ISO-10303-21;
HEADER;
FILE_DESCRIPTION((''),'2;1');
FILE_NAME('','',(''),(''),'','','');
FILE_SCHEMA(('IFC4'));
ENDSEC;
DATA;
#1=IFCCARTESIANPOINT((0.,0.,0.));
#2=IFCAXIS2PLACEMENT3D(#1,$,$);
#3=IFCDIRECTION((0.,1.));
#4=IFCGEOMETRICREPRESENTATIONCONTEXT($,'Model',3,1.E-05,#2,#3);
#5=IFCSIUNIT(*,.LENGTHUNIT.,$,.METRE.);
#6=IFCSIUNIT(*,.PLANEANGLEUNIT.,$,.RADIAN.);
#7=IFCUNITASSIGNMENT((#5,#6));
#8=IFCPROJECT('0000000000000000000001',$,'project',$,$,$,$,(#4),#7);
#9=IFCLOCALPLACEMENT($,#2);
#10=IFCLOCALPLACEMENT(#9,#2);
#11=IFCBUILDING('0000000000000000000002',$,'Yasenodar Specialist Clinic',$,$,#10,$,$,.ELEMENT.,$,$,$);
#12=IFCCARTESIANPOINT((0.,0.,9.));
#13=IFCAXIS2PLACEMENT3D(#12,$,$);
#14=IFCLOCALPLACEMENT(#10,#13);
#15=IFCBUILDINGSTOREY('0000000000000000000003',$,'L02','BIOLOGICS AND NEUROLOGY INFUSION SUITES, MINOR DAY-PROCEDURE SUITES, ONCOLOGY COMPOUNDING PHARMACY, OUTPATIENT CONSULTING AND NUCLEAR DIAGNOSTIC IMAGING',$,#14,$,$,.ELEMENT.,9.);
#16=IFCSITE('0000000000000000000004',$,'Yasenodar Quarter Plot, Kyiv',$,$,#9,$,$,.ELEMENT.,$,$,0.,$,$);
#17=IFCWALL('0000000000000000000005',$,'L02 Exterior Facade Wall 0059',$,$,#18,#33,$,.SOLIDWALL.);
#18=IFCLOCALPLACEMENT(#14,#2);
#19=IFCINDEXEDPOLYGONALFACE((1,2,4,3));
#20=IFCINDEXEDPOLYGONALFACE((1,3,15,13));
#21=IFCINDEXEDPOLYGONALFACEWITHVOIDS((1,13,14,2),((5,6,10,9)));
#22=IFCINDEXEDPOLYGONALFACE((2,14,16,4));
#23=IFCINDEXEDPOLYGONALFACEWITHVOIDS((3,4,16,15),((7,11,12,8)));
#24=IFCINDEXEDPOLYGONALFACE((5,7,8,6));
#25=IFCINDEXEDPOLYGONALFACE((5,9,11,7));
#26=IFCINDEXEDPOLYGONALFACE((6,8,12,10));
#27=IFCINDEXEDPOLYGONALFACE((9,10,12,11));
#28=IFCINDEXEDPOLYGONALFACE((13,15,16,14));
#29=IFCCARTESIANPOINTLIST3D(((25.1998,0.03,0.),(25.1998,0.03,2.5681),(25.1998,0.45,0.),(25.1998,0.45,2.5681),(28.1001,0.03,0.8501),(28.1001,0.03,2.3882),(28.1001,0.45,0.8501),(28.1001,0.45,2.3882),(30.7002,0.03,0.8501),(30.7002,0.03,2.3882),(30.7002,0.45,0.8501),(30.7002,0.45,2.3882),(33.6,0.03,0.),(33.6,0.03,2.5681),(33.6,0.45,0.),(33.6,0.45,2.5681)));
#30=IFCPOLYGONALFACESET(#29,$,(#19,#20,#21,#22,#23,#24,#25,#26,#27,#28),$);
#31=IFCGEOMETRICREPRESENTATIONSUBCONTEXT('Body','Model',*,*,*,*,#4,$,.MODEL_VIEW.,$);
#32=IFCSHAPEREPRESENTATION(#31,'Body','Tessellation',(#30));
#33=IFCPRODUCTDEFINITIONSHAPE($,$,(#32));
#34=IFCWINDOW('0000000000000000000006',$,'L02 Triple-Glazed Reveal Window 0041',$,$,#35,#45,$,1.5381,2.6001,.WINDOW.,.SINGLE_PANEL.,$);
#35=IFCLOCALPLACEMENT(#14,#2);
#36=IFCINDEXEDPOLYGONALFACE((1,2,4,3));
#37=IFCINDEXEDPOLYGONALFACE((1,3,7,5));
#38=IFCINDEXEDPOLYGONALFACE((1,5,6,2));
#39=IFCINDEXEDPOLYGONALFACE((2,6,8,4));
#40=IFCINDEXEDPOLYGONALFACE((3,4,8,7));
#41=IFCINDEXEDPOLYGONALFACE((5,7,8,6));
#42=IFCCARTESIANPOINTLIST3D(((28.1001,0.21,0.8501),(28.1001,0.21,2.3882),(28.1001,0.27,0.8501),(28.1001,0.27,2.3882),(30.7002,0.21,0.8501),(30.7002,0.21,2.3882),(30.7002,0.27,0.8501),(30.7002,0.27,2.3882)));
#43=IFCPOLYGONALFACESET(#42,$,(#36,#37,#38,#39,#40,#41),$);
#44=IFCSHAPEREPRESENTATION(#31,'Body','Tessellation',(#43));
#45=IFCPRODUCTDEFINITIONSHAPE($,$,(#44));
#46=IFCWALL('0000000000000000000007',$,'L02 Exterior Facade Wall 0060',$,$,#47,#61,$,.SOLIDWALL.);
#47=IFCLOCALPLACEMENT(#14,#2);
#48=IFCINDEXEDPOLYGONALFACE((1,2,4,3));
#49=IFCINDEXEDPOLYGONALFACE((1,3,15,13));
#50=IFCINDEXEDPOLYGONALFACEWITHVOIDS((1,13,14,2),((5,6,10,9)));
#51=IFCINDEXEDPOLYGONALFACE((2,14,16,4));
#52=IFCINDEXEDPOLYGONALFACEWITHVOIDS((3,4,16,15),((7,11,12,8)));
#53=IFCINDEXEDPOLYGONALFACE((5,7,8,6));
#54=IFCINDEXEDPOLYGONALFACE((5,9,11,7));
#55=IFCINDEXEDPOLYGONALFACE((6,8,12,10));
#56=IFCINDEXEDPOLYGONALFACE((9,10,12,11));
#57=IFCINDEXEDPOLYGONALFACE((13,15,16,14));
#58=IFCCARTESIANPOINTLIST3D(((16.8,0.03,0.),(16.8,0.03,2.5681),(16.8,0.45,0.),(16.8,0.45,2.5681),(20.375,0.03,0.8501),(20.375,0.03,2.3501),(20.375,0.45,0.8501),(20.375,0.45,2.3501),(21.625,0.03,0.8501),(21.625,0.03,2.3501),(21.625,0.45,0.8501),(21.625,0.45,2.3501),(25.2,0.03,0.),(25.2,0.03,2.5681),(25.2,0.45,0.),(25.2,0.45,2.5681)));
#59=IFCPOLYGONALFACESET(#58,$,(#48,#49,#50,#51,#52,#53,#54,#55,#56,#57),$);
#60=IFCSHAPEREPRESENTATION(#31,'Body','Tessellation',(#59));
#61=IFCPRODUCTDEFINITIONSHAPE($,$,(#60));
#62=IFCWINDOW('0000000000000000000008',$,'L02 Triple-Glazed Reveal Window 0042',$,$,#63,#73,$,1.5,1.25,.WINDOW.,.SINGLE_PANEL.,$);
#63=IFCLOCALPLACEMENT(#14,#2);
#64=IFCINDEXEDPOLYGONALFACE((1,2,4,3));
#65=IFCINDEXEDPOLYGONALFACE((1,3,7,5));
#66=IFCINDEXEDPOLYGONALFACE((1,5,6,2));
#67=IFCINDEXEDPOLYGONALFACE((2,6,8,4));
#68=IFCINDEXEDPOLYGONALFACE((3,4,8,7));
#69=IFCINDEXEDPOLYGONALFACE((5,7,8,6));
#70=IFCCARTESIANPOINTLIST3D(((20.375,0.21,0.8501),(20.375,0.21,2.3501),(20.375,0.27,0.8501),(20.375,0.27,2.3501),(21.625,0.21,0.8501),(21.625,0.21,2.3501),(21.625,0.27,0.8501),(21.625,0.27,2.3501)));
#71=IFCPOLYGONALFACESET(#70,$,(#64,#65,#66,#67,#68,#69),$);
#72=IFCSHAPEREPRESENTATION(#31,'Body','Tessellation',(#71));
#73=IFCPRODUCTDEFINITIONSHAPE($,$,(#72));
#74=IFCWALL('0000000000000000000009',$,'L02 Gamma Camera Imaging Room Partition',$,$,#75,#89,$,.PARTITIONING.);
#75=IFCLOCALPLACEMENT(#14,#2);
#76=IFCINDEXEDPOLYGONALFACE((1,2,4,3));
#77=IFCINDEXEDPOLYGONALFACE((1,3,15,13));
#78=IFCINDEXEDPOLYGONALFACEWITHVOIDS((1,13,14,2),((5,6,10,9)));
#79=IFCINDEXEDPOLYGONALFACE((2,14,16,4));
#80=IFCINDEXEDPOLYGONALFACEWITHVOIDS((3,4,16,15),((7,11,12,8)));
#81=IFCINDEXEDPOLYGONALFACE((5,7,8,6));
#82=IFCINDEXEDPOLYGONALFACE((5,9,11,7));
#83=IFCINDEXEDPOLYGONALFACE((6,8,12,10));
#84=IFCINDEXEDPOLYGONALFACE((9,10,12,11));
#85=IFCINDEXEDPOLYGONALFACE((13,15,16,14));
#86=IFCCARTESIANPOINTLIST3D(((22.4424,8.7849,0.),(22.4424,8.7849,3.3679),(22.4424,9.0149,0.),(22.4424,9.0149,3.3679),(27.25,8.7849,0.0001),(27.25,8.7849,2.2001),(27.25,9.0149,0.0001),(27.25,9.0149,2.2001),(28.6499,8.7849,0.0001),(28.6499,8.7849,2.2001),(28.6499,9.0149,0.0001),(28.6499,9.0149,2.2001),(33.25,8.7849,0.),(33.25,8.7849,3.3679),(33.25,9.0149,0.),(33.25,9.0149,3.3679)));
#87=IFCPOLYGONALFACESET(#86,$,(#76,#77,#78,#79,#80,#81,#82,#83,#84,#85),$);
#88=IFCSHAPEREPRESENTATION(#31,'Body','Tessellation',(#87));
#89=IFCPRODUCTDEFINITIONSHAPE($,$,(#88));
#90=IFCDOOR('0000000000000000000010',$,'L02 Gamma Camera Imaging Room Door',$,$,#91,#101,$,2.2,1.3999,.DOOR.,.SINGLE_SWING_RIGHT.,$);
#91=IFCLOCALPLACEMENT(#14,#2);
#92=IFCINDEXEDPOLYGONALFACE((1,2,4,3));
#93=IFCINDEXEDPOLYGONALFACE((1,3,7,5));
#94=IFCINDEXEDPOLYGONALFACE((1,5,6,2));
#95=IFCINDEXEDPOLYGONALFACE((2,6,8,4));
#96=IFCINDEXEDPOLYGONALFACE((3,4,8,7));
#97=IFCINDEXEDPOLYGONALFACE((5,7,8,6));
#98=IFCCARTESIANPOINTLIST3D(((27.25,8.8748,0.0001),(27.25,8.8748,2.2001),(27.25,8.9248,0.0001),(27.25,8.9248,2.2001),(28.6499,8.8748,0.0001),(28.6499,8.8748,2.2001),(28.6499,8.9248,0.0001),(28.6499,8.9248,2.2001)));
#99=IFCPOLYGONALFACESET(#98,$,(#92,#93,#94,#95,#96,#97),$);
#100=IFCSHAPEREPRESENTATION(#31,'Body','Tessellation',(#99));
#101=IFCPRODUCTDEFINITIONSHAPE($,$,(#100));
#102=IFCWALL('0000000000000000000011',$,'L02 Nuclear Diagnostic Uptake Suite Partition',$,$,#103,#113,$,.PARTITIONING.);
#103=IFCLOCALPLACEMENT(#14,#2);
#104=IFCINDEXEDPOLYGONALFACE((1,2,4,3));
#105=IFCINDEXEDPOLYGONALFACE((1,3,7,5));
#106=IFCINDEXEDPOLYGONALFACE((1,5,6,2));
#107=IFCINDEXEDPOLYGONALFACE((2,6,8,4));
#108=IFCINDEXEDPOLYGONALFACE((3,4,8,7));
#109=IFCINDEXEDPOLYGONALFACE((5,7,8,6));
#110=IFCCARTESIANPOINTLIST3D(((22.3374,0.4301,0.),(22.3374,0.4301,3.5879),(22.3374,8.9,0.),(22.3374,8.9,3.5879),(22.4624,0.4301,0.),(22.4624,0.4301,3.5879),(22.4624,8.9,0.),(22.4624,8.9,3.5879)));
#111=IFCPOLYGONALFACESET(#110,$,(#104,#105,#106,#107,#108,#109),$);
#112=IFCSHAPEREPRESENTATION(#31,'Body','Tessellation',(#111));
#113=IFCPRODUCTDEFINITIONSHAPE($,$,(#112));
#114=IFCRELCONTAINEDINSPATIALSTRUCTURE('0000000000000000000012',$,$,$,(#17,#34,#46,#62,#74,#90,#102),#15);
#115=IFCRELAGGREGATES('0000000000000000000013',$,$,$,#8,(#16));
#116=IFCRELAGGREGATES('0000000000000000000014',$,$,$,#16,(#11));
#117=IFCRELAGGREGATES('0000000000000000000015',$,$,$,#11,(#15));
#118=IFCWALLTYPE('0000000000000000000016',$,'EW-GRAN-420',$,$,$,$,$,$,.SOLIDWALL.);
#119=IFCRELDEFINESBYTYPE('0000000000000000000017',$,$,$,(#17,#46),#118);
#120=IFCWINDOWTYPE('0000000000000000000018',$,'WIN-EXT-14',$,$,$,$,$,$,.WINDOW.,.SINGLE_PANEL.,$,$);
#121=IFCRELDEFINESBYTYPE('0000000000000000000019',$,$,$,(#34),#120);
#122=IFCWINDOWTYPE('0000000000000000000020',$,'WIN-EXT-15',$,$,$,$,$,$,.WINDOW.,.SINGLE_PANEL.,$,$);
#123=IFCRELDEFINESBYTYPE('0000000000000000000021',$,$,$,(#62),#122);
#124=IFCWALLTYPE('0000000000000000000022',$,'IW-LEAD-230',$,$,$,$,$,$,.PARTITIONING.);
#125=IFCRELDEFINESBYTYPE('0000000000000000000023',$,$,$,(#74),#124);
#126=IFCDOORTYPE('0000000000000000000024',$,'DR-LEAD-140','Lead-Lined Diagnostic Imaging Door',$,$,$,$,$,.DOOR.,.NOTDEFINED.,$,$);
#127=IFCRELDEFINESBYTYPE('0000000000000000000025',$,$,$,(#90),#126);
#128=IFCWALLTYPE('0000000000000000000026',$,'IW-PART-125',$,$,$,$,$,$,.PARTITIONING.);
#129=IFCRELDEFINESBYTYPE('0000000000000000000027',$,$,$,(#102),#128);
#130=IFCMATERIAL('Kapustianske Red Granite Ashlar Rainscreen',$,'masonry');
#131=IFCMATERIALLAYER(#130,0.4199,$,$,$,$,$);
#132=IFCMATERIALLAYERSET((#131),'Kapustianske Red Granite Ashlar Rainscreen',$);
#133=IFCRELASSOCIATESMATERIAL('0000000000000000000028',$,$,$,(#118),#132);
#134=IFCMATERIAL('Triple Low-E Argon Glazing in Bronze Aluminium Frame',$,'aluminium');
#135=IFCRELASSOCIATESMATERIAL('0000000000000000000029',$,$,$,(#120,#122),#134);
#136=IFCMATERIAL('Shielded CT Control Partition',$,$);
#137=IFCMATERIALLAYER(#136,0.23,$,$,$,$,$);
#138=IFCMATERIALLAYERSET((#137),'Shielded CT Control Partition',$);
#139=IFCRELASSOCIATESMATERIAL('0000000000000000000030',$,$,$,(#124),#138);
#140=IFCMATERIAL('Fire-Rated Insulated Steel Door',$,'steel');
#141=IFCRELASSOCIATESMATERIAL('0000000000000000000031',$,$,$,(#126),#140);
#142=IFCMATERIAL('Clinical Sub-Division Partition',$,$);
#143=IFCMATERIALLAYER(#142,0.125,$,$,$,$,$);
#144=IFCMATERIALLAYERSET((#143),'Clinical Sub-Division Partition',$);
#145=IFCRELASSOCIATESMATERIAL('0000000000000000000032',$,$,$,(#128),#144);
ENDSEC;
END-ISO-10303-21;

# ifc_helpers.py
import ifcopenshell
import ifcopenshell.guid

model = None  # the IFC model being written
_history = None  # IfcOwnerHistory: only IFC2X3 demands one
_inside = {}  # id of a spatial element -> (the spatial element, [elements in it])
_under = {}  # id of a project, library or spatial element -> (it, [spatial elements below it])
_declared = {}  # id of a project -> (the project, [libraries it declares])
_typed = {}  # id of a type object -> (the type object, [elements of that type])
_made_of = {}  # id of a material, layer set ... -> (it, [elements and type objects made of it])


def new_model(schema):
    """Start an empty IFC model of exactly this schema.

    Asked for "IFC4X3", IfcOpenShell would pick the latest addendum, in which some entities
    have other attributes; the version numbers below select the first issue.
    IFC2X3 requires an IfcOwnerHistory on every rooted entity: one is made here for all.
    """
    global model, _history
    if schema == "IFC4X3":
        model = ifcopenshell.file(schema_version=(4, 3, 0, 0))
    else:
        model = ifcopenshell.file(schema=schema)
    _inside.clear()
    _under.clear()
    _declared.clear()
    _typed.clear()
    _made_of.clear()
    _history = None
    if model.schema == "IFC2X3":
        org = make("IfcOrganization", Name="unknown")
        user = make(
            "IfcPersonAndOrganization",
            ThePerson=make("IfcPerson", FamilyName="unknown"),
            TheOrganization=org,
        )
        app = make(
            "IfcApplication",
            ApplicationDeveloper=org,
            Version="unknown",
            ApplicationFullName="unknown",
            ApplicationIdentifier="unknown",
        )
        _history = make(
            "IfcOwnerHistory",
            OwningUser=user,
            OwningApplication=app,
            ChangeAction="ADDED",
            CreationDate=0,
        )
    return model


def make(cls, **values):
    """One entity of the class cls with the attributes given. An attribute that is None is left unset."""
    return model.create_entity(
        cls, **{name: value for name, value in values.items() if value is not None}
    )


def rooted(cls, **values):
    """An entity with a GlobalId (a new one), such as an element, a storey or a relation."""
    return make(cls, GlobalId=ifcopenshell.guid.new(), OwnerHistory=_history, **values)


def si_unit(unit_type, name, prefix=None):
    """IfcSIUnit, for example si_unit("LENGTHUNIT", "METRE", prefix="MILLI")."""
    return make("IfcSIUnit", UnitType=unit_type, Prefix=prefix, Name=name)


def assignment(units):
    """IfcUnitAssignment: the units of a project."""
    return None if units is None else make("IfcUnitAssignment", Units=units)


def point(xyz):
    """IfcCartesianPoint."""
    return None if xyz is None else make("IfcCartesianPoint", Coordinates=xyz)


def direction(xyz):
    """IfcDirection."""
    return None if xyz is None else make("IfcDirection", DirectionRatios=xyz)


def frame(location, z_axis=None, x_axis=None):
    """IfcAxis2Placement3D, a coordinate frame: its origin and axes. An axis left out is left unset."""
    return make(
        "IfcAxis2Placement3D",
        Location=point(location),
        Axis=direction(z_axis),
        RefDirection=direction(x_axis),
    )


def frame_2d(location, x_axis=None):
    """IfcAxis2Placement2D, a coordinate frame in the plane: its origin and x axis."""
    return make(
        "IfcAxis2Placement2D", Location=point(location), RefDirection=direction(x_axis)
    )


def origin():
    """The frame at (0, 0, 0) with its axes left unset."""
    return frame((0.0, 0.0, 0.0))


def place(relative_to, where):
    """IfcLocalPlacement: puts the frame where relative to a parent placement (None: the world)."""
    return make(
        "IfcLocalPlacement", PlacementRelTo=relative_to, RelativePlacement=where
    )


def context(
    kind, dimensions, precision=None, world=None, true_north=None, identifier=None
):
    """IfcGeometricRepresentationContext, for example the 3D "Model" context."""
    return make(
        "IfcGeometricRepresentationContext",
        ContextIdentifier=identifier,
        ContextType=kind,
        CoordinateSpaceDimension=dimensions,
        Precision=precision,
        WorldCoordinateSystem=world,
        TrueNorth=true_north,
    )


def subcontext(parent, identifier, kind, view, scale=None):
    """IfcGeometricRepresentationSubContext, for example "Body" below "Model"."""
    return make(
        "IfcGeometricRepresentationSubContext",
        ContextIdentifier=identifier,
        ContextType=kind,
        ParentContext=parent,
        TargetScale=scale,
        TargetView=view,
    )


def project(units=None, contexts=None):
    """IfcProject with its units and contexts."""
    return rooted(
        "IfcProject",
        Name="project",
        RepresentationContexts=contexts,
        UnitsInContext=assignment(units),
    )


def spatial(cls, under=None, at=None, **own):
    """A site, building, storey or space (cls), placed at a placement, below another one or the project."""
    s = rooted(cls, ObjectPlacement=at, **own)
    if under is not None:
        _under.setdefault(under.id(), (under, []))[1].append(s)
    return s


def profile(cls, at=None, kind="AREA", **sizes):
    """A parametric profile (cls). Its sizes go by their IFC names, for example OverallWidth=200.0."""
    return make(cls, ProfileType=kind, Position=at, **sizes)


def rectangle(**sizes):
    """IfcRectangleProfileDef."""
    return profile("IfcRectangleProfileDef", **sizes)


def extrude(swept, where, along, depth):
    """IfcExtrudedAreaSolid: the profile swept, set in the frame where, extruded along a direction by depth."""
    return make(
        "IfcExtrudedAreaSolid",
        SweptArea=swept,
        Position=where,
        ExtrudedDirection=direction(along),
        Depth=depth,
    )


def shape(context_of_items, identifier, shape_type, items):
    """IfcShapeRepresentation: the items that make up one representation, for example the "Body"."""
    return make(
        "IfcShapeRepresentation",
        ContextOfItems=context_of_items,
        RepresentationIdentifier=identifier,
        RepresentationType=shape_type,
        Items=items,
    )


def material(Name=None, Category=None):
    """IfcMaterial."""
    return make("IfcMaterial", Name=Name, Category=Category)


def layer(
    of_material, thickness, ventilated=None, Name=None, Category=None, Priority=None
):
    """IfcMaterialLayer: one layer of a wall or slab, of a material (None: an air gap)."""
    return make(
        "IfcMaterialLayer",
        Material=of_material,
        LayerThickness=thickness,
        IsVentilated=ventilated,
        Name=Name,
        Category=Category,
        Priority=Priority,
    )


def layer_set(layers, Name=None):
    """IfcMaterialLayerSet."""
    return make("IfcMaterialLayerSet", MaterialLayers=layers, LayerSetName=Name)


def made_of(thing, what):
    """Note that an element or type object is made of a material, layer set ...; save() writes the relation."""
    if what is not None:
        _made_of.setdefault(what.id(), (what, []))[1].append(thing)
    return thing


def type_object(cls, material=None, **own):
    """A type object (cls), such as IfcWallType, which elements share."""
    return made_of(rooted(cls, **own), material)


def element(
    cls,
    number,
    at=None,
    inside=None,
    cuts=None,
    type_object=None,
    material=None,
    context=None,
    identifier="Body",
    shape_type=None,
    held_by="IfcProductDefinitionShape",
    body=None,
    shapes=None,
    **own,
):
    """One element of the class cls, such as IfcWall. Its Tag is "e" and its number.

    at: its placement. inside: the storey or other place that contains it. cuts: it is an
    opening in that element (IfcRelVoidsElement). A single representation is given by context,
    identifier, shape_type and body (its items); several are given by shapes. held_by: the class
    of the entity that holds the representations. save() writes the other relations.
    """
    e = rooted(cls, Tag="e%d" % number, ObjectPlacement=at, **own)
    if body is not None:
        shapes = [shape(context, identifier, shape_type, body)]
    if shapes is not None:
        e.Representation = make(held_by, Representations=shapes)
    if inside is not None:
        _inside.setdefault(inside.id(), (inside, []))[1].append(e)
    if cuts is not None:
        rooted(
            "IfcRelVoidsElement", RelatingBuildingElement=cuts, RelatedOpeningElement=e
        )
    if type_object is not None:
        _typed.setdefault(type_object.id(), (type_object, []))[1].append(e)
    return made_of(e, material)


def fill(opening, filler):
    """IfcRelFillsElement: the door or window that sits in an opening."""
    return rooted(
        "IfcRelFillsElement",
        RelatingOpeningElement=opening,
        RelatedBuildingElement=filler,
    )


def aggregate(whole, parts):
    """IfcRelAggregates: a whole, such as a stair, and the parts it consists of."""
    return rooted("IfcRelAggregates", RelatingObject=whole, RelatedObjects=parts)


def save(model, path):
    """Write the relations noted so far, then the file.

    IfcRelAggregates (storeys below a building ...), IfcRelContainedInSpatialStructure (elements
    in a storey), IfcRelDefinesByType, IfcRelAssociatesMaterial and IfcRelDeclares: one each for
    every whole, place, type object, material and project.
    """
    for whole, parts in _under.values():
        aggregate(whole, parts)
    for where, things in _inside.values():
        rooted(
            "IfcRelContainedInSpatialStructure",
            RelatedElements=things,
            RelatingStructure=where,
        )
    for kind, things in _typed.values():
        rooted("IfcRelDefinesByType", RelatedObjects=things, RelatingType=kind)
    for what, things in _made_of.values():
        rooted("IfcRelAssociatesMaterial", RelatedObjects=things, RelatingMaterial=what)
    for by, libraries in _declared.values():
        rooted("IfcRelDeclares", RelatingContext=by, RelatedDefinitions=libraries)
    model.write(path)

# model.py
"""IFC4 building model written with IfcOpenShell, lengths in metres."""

from ifc_helpers import new_model, si_unit, direction, frame, frame_2d, origin, place, context, subcontext, project, spatial, rectangle, extrude, material, layer, layer_set, type_object, element, fill, save


model = new_model("IFC4")

# Units and contexts
model_context = context("Model", 3, precision=1e-05, world=origin(), true_north=direction((0.0, 1.0)))
body_context = subcontext(model_context, "Body", "Model", "MODEL_VIEW")
ifc_project = project(units=[si_unit("LENGTHUNIT", "METRE"), si_unit("PLANEANGLEUNIT", "RADIAN")], contexts=[model_context])

# Site, building, storey
site_placement = place(None, origin())
site = spatial("IfcSite", under=ifc_project, at=site_placement, Name="Yasenodar Quarter Plot, Kyiv", CompositionType="ELEMENT", RefElevation=0.0)
building_placement = place(site_placement, origin())
building = spatial("IfcBuilding", under=site, at=building_placement, Name="Yasenodar Specialist Clinic", CompositionType="ELEMENT")
storey_placement = place(building_placement, frame((0.0, 0.0, 9.0)))
storey = spatial("IfcBuildingStorey", under=building, at=storey_placement, Name="L02", Description="BIOLOGICS AND NEUROLOGY INFUSION SUITES, MINOR DAY-PROCEDURE SUITES, ONCOLOGY COMPOUNDING PHARMACY, OUTPATIENT CONSULTING AND NUCLEAR DIAGNOSTIC IMAGING", CompositionType="ELEMENT", Elevation=9.0)

# Walls, openings, windows
ifc_material_1 = material(Name="Kapustianske Red Granite Ashlar Rainscreen", Category="masonry")
ifc_layer_1 = layer(ifc_material_1, 0.4199)
ifc_layer_set_1 = layer_set([ifc_layer_1], Name="Kapustianske Red Granite Ashlar Rainscreen")
wall_type_1 = type_object("IfcWallType", Name="EW-GRAN-420", PredefinedType="SOLIDWALL", material=ifc_layer_set_1)
wall_1_placement = place(storey_placement, frame((33.6001, 0.24, 0.0), z_axis=(0.0, 0.0, 1.0), x_axis=(-1.0, 0.0, 0.0)))
wall_1 = element("IfcWall", 1, at=wall_1_placement, inside=storey, type_object=wall_type_1, Name="L02 Exterior Facade Wall 0059", PredefinedType="SOLIDWALL", context=body_context, shape_type="SweptSolid", body=[
    extrude(rectangle(XDim=8.4001, YDim=0.4199, at=frame_2d((4.2002, 0.0))), origin(), (0.0, 0.0, 1.0), 2.5681),
])
opening_1_placement = place(wall_1_placement, frame((2.8999, 0.0, 0.8501)))
opening_1 = element("IfcOpeningElement", 2, at=opening_1_placement, cuts=wall_1, PredefinedType="OPENING", context=body_context, shape_type="SweptSolid", body=[
    extrude(rectangle(XDim=2.6001, YDim=1.5381, at=frame_2d((1.3, 0.769))), frame((0.0, 0.22, 0.0), z_axis=(0.0, -1.0, 0.0), x_axis=(1.0, 0.0, 0.0)), (0.0, 0.0, 1.0), 0.4399),
])
ifc_material_2 = material(Name="Triple Low-E Argon Glazing in Bronze Aluminium Frame", Category="aluminium")
window_type_1 = type_object("IfcWindowType", Name="WIN-EXT-14", PartitioningType="SINGLE_PANEL", PredefinedType="WINDOW", material=ifc_material_2)
window_1_placement = place(opening_1_placement, origin())
window_1 = element("IfcWindow", 3, at=window_1_placement, inside=storey, type_object=window_type_1, Name="L02 Triple-Glazed Reveal Window 0041", OverallHeight=1.5381, OverallWidth=2.6001, PartitioningType="SINGLE_PANEL", PredefinedType="WINDOW", context=body_context, shape_type="SweptSolid", body=[
    extrude(rectangle(XDim=2.6001, YDim=1.5381, at=frame_2d((1.3, 0.769))), frame((0.0, 0.03, 0.0), z_axis=(0.0, -1.0, 0.0), x_axis=(1.0, 0.0, 0.0)), (0.0, 0.0, 1.0), 0.0601),
])
fill(opening_1, window_1)
wall_2_placement = place(storey_placement, frame((25.2, 0.24, 0.0), z_axis=(0.0, 0.0, 1.0), x_axis=(-1.0, 0.0, 0.0)))
wall_2 = element("IfcWall", 4, at=wall_2_placement, inside=storey, type_object=wall_type_1, Name="L02 Exterior Facade Wall 0060", PredefinedType="SOLIDWALL", context=body_context, shape_type="SweptSolid", body=[
    extrude(rectangle(XDim=8.3999, YDim=0.4199, at=frame_2d((4.2, 0.0))), origin(), (0.0, 0.0, 1.0), 2.5681),
])
opening_2_placement = place(wall_2_placement, frame((3.575, 0.0, 0.8501)))
opening_2 = element("IfcOpeningElement", 5, at=opening_2_placement, cuts=wall_2, PredefinedType="OPENING", context=body_context, shape_type="SweptSolid", body=[
    extrude(rectangle(XDim=1.25, YDim=1.5, at=frame_2d((0.625, 0.75))), frame((0.0, 0.22, 0.0), z_axis=(0.0, -1.0, 0.0), x_axis=(1.0, 0.0, 0.0)), (0.0, 0.0, 1.0), 0.4399),
])
window_type_2 = type_object("IfcWindowType", Name="WIN-EXT-15", PartitioningType="SINGLE_PANEL", PredefinedType="WINDOW", material=ifc_material_2)
window_2_placement = place(opening_2_placement, origin())
window_2 = element("IfcWindow", 6, at=window_2_placement, inside=storey, type_object=window_type_2, Name="L02 Triple-Glazed Reveal Window 0042", OverallHeight=1.5, OverallWidth=1.25, PartitioningType="SINGLE_PANEL", PredefinedType="WINDOW", context=body_context, shape_type="SweptSolid", body=[
    extrude(rectangle(XDim=1.25, YDim=1.5, at=frame_2d((0.625, 0.75))), frame((0.0, 0.03, 0.0), z_axis=(0.0, -1.0, 0.0), x_axis=(1.0, 0.0, 0.0)), (0.0, 0.0, 1.0), 0.0601),
])
fill(opening_2, window_2)

# Wall, opening, door
ifc_material_3 = material(Name="Shielded CT Control Partition")
ifc_layer_2 = layer(ifc_material_3, 0.23)
ifc_layer_set_2 = layer_set([ifc_layer_2], Name="Shielded CT Control Partition")
wall_type_2 = type_object("IfcWallType", Name="IW-LEAD-230", PredefinedType="PARTITIONING", material=ifc_layer_set_2)
wall_3_placement = place(storey_placement, frame((22.4424, 8.8999, 0.0), z_axis=(0.0, 0.0, 1.0), x_axis=(1.0, 0.0, 0.0)))
wall_3 = element("IfcWall", 7, at=wall_3_placement, inside=storey, type_object=wall_type_2, Name="L02 Gamma Camera Imaging Room Partition", PredefinedType="PARTITIONING", context=body_context, shape_type="SweptSolid", body=[
    extrude(rectangle(XDim=10.8076, YDim=0.23, at=frame_2d((5.4038, 0.0))), origin(), (0.0, 0.0, 1.0), 3.3679),
])
opening_3_placement = place(wall_3_placement, frame((4.8076, 0.0, 0.0)))
opening_3 = element("IfcOpeningElement", 8, at=opening_3_placement, cuts=wall_3, PredefinedType="OPENING", context=body_context, shape_type="SweptSolid", body=[
    extrude(rectangle(XDim=1.3999, YDim=2.2, at=frame_2d((0.7, 1.1001))), frame((0.0, 0.125, 0.0), z_axis=(0.0, -1.0, 0.0), x_axis=(1.0, 0.0, 0.0)), (0.0, 0.0, 1.0), 0.25),
])
ifc_material_4 = material(Name="Fire-Rated Insulated Steel Door", Category="steel")
door_type = type_object("IfcDoorType", Name="DR-LEAD-140", Description="Lead-Lined Diagnostic Imaging Door", OperationType="NOTDEFINED", PredefinedType="DOOR", material=ifc_material_4)
door_placement = place(opening_3_placement, origin())
door = element("IfcDoor", 9, at=door_placement, inside=storey, type_object=door_type, Name="L02 Gamma Camera Imaging Room Door", OperationType="SINGLE_SWING_RIGHT", OverallHeight=2.2, OverallWidth=1.3999, PredefinedType="DOOR", context=body_context, shape_type="SweptSolid", body=[
    extrude(rectangle(XDim=1.3999, YDim=2.2, at=frame_2d((0.7, 1.1001))), frame((0.0, 0.0249, 0.0), z_axis=(0.0, -1.0, 0.0), x_axis=(1.0, 0.0, 0.0)), (0.0, 0.0, 1.0), 0.05),
])
fill(opening_3, door)

# Wall
ifc_material_5 = material(Name="Clinical Sub-Division Partition")
ifc_layer_3 = layer(ifc_material_5, 0.125)
ifc_layer_set_3 = layer_set([ifc_layer_3], Name="Clinical Sub-Division Partition")
wall_type_3 = type_object("IfcWallType", Name="IW-PART-125", PredefinedType="PARTITIONING", material=ifc_layer_set_3)
wall_4_placement = place(storey_placement, frame((22.3999, 8.8999, 0.0), z_axis=(0.0, 0.0, 1.0), x_axis=(0.0, -1.0, 0.0)))
element("IfcWall", 10, at=wall_4_placement, inside=storey, type_object=wall_type_3, Name="L02 Nuclear Diagnostic Uptake Suite Partition", PredefinedType="PARTITIONING", context=body_context, shape_type="SweptSolid", body=[
    extrude(rectangle(XDim=8.47, YDim=0.125, at=frame_2d((4.2349, 0.0))), origin(), (0.0, 0.0, 1.0), 3.5879),
])

save(model, "model.ifc")
